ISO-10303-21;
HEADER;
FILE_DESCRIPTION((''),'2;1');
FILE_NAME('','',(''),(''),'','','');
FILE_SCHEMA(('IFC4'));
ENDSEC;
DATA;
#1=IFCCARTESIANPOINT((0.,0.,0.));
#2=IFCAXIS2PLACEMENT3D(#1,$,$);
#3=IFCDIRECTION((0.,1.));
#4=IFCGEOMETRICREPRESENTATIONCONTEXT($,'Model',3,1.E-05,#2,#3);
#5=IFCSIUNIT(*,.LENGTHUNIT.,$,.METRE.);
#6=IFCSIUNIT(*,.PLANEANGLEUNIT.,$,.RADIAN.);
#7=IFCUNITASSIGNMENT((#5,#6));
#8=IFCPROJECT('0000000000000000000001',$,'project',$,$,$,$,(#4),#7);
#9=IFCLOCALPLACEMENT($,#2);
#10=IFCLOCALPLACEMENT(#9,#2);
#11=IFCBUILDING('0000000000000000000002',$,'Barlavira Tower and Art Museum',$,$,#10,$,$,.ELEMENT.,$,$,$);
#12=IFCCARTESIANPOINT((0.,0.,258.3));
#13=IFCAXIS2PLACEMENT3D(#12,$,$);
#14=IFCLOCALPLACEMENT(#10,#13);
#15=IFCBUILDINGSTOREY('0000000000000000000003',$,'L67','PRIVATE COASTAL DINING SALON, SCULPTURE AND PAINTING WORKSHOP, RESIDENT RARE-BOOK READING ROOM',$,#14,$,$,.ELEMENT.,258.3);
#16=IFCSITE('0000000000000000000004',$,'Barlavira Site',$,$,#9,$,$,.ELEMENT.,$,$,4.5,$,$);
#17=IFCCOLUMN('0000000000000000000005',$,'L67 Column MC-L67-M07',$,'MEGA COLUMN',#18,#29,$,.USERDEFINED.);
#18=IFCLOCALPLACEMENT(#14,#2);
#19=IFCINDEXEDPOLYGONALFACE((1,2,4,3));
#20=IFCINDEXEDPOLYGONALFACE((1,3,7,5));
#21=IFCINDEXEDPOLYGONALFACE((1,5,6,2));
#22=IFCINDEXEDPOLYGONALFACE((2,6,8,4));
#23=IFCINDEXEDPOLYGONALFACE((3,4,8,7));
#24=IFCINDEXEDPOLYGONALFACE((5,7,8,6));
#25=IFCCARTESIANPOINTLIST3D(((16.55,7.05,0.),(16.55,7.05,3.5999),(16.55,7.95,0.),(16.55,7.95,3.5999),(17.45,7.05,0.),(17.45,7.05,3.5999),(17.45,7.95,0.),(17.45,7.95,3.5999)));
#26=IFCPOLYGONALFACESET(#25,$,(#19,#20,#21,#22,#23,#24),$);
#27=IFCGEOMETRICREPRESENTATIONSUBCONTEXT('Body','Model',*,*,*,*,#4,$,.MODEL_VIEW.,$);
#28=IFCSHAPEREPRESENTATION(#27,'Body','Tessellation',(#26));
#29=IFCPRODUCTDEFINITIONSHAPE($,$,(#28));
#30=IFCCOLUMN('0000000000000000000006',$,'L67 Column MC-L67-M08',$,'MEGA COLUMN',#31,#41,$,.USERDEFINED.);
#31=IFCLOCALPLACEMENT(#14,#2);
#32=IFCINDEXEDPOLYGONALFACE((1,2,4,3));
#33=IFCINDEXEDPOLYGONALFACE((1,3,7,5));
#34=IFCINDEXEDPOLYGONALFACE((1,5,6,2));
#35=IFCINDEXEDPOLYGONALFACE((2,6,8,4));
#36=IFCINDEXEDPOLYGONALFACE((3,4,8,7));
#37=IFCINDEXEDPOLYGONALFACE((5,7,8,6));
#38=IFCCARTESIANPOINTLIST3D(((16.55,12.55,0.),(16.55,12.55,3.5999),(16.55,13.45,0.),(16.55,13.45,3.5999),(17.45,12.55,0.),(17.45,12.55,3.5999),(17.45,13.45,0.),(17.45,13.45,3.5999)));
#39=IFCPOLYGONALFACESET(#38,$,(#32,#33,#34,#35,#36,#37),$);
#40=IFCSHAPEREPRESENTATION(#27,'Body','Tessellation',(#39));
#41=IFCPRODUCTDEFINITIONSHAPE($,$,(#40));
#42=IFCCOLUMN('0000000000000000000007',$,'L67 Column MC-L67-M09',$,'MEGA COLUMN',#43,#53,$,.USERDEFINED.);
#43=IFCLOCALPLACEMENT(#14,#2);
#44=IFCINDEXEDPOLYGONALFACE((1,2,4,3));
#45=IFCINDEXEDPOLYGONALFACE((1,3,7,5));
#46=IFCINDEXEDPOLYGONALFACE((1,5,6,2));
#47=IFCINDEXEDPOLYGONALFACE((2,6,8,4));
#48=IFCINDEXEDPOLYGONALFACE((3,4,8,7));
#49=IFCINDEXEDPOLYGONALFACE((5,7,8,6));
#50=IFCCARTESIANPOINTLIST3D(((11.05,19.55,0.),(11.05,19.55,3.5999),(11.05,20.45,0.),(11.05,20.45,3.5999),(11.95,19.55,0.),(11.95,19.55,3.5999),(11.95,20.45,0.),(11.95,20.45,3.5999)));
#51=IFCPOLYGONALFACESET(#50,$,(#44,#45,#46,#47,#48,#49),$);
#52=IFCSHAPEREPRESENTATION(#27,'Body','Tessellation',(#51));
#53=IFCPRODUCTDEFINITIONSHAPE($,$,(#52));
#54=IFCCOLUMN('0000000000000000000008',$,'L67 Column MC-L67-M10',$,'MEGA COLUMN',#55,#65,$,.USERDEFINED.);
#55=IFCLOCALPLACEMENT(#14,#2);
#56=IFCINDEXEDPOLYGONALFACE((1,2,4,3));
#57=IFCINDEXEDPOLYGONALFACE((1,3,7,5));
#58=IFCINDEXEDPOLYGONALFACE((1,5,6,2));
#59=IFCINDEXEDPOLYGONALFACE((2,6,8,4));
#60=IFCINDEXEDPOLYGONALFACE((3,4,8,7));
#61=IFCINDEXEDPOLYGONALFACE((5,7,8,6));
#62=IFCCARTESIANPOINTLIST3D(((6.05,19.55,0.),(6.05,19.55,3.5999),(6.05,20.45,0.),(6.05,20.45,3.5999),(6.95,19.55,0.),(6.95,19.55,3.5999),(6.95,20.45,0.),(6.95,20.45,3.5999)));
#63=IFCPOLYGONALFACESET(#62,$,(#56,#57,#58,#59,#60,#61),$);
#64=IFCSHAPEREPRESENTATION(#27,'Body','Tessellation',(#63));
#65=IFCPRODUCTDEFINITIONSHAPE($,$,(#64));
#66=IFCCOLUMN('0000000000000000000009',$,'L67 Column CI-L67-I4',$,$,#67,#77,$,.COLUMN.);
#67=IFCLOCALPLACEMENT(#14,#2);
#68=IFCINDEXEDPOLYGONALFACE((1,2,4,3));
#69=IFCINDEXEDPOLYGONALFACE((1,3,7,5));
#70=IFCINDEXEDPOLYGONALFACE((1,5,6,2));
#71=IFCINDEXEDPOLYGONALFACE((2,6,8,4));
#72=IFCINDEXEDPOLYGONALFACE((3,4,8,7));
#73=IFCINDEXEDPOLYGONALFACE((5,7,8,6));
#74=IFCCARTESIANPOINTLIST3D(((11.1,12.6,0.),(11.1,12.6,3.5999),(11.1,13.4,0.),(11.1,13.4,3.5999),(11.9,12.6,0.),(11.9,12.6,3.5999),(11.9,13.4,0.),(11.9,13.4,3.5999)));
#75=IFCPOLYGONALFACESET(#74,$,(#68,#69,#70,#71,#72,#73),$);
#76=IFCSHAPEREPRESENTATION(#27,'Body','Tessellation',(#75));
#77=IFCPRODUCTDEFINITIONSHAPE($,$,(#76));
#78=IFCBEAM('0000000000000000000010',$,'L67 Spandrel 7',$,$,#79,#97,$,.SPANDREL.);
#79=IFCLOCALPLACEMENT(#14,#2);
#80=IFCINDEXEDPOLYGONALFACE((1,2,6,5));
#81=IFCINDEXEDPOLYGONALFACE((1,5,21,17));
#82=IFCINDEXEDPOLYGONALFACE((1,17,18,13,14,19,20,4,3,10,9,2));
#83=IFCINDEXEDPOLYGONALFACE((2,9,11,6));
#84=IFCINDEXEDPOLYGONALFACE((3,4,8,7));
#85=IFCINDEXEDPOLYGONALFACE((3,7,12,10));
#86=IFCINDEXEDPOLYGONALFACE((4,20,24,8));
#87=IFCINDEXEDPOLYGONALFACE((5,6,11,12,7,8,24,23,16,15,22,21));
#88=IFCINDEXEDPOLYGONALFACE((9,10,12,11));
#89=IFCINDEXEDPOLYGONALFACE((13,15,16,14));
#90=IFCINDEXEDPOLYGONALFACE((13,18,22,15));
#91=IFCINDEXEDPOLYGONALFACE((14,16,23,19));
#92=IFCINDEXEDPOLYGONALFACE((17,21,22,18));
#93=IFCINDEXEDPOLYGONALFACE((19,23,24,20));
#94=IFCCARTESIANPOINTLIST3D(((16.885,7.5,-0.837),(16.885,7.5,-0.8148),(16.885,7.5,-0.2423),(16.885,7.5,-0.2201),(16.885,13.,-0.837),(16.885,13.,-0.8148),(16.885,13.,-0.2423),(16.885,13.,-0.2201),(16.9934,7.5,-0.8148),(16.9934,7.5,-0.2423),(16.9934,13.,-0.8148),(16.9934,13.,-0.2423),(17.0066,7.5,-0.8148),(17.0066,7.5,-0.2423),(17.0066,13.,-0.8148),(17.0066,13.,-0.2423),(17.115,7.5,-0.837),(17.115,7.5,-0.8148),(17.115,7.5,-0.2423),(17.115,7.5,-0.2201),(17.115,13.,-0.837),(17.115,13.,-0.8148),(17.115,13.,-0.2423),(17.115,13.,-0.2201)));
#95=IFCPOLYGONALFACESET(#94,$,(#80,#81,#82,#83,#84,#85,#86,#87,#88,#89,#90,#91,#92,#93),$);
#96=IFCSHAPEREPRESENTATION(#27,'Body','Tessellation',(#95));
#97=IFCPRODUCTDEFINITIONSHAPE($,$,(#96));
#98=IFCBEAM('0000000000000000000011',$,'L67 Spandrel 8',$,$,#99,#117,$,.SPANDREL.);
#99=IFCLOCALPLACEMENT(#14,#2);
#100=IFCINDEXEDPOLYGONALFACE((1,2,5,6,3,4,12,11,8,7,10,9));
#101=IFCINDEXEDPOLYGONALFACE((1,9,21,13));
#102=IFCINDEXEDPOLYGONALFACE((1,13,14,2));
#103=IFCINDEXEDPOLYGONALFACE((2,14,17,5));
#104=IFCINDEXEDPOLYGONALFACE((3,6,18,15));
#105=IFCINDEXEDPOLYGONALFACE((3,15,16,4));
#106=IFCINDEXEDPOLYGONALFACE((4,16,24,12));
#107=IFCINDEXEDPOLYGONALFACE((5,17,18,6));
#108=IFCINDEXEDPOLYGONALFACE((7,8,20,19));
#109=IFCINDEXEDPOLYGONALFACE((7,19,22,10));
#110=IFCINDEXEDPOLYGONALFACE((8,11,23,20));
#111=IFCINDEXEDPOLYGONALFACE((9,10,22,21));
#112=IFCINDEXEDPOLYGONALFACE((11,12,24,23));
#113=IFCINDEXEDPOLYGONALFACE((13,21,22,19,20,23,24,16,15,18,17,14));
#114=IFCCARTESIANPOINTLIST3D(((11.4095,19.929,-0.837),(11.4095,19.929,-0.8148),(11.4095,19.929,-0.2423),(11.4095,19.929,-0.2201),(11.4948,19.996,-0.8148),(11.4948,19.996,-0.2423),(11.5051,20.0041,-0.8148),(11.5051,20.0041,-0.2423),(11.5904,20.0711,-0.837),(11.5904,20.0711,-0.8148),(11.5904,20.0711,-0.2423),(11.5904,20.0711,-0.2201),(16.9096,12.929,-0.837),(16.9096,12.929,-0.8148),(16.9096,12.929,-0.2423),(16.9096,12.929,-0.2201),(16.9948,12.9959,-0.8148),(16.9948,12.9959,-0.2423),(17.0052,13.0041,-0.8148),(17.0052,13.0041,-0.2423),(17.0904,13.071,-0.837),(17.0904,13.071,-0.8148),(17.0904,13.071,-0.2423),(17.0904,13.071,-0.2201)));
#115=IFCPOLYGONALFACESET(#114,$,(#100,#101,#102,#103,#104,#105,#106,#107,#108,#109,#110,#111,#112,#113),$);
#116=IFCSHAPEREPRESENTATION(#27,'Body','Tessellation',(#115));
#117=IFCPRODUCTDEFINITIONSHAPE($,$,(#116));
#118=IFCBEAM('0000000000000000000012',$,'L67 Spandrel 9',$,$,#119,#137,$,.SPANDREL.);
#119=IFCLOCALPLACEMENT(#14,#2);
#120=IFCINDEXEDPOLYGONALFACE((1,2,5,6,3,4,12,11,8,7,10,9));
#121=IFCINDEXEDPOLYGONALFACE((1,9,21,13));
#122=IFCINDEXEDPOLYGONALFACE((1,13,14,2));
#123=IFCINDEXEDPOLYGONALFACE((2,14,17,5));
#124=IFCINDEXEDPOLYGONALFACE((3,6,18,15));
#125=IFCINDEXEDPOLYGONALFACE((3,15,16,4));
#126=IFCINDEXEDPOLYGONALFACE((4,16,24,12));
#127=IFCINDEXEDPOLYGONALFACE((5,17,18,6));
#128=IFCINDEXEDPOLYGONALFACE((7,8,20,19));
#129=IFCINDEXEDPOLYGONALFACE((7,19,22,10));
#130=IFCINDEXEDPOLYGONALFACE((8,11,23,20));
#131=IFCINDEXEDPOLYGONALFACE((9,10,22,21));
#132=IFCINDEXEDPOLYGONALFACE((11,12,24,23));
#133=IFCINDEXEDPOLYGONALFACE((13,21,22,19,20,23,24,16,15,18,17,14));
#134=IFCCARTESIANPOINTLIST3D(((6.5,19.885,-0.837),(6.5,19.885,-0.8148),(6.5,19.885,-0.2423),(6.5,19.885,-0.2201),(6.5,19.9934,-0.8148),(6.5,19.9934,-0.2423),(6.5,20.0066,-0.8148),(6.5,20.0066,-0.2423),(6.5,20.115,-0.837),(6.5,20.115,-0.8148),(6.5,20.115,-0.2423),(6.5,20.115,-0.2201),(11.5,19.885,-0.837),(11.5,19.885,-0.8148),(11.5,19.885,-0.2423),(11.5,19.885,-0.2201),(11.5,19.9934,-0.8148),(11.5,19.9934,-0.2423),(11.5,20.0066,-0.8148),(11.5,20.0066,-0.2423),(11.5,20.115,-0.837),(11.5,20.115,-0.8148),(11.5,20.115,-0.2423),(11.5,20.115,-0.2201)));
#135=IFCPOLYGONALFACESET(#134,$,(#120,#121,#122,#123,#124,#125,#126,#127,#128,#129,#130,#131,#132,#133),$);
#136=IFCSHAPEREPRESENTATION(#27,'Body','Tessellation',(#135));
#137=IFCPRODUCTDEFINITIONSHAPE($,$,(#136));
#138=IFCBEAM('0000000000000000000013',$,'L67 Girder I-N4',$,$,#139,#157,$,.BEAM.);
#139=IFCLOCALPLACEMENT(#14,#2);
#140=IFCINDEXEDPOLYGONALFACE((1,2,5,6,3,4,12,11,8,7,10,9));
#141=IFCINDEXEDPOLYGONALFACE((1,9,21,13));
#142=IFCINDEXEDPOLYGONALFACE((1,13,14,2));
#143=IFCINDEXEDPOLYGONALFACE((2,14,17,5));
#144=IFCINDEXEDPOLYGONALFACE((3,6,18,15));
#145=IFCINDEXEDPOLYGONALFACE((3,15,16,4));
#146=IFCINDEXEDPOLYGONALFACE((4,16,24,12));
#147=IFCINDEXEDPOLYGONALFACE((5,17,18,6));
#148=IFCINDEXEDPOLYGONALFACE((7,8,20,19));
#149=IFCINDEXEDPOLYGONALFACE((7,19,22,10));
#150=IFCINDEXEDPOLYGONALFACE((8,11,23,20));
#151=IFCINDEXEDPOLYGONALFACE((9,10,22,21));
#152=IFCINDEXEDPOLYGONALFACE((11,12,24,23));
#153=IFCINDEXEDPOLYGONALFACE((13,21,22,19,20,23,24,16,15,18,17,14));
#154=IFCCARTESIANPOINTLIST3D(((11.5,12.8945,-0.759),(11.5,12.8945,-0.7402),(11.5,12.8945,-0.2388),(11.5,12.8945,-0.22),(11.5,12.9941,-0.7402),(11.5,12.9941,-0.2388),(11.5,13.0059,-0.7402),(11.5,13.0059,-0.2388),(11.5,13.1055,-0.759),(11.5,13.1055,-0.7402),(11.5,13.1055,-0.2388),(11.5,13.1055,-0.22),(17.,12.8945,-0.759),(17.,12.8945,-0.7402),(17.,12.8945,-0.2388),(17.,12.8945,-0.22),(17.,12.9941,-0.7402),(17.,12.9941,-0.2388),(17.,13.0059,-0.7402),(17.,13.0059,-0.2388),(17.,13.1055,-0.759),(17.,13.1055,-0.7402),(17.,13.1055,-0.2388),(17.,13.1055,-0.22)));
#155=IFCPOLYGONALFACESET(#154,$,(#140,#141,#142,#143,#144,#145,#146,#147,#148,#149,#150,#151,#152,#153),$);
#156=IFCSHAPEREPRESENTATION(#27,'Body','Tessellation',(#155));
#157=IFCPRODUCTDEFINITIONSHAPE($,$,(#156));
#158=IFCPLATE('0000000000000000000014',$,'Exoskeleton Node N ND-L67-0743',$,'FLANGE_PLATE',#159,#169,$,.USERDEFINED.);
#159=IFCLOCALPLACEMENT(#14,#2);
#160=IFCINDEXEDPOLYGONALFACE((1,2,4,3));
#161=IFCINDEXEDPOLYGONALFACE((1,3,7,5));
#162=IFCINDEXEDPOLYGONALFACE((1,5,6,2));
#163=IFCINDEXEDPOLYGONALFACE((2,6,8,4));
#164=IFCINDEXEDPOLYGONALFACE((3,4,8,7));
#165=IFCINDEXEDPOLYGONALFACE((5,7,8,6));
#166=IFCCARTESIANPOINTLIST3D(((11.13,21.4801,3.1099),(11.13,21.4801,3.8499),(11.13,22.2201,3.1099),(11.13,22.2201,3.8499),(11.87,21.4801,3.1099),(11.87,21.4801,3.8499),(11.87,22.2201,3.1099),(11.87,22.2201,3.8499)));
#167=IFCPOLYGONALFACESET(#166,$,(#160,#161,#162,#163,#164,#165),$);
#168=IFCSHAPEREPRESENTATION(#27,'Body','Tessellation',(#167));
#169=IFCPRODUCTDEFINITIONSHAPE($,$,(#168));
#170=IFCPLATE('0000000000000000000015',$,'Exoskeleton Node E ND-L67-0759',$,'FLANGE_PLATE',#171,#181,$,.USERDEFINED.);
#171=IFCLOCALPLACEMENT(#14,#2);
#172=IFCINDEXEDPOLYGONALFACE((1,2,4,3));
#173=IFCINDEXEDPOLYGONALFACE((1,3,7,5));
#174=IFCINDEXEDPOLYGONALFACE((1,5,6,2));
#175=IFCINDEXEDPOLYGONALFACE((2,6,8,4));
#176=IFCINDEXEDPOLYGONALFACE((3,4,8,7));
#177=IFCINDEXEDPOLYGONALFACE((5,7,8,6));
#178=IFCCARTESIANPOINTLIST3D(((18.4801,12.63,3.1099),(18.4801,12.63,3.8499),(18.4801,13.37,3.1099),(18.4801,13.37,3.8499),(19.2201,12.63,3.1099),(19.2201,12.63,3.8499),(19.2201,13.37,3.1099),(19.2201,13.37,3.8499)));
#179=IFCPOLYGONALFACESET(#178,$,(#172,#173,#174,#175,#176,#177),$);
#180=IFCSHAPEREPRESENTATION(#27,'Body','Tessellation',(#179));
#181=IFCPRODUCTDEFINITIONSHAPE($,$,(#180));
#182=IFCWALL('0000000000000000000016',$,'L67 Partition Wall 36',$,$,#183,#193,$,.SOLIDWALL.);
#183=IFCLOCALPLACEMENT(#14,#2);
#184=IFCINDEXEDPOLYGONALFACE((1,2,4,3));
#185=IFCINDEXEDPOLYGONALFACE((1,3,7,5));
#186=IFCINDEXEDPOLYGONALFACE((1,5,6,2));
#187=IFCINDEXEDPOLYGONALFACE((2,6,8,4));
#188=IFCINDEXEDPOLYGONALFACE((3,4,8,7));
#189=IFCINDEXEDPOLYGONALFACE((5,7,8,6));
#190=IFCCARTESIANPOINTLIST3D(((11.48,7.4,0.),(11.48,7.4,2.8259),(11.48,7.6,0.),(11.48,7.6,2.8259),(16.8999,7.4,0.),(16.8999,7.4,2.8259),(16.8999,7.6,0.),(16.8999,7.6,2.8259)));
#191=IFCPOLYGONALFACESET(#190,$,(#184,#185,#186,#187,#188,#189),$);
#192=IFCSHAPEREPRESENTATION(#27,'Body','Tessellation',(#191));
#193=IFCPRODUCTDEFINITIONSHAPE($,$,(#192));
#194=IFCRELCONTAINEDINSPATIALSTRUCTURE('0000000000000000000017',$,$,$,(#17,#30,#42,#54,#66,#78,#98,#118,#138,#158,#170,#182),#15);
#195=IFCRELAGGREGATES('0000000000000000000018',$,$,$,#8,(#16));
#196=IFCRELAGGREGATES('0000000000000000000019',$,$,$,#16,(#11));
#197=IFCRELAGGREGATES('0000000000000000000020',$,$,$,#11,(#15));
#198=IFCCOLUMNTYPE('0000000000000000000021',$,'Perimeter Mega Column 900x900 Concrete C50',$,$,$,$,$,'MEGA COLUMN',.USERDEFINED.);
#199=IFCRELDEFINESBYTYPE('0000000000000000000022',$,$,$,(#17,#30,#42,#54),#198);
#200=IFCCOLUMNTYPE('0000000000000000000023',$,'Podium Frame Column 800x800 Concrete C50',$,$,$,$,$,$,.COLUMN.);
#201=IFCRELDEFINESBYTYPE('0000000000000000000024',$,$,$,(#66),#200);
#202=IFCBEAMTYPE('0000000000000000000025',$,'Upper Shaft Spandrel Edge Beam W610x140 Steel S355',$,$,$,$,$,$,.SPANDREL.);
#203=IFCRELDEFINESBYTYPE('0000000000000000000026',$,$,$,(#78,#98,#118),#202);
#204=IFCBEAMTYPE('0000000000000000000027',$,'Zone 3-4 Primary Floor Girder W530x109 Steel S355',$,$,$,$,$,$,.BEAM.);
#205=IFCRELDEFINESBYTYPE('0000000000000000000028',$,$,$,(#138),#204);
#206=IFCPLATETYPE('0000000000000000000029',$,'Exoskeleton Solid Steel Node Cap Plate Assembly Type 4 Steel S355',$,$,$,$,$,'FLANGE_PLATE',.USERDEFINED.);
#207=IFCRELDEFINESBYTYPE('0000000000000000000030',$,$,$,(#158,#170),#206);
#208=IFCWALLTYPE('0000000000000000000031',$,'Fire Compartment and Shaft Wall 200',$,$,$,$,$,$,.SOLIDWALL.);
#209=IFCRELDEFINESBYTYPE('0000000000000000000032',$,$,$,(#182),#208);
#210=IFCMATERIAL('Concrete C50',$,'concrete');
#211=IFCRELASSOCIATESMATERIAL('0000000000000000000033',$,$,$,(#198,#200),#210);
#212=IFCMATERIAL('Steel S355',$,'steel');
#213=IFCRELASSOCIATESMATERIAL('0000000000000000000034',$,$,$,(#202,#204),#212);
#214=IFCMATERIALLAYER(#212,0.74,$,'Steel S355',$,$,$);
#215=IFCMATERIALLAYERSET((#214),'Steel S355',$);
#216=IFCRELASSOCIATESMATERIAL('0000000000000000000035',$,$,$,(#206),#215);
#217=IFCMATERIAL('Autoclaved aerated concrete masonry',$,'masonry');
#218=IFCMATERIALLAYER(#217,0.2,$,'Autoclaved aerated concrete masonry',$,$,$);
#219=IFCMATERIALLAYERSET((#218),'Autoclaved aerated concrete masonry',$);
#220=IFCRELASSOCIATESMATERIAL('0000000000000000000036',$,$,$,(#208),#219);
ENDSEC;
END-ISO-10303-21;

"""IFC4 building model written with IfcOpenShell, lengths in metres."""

from ifc_helpers import new_model, si_unit, direction, frame, frame_2d, origin, origin_2d, place, context, subcontext, project, spatial, rectangle, i_section, extrude, material, layer, layer_set, material_profile, profile_set, type_object, element, save


model = new_model("IFC4")

# Units and contexts
model_context = context("Model", 3, precision=1e-05, world=origin(), true_north=direction((0.0, 1.0)))
body_context = subcontext(model_context, "Body", "Model", "MODEL_VIEW")
ifc_project = project(units=[si_unit("LENGTHUNIT", "METRE"), si_unit("PLANEANGLEUNIT", "RADIAN")], contexts=[model_context])

# Site, building, storey
site_placement = place(None, origin())
site = spatial("IfcSite", under=ifc_project, at=site_placement, Name="Barlavira Site", CompositionType="ELEMENT", RefElevation=4.5)
building_placement = place(site_placement, origin())
building = spatial("IfcBuilding", under=site, at=building_placement, Name="Barlavira Tower and Art Museum", CompositionType="ELEMENT")
storey_placement = place(building_placement, frame((0.0, 0.0, 258.3)))
storey = spatial("IfcBuildingStorey", under=building, at=storey_placement, Name="L67", Description="PRIVATE COASTAL DINING SALON, SCULPTURE AND PAINTING WORKSHOP, RESIDENT RARE-BOOK READING ROOM", CompositionType="ELEMENT", Elevation=258.3)

# Columns
ifc_material_1 = material(Name="Concrete C50", Category="concrete")
ifc_material_profile_1 = material_profile(ifc_material_1, rectangle(XDim=0.8999, YDim=0.8999, at=origin_2d()), Name="RC-COL 900x900")
ifc_profile_set_1 = profile_set([ifc_material_profile_1], Name="Concrete C50")
column_type_1 = type_object("IfcColumnType", Name="Perimeter Mega Column 900x900 Concrete C50", ElementType="MEGA COLUMN", PredefinedType="USERDEFINED", material=ifc_profile_set_1)
for number, where, z_axis, x_axis, name in (
    (1, (17.0, 7.5, 0.0), (0.0, 0.0, 1.0), (1.0, 0.0, 0.0), "L67 Column MC-L67-M07"),
    (2, (17.0, 13.0, 0.0), (0.0, 0.0, 1.0), (1.0, 0.0, 0.0), "L67 Column MC-L67-M08"),
    (3, (11.5, 20.0, 0.0), (0.0, 0.0, 1.0), (1.0, 0.0, 0.0), "L67 Column MC-L67-M09"),
    (4, (6.5, 20.0, 0.0), (0.0, 0.0, 1.0), (1.0, 0.0, 0.0), "L67 Column MC-L67-M10"),
):
    element("IfcColumn", number, at=place(storey_placement, frame(where, z_axis=z_axis, x_axis=x_axis)), inside=storey, type_object=column_type_1, Name=name, ObjectType="MEGA COLUMN", PredefinedType="USERDEFINED", context=body_context, shape_type="SweptSolid", body=[
        extrude(rectangle(XDim=0.8999, YDim=0.8999, at=origin_2d()), origin(), (0.0, 0.0, 1.0), 3.5999),
    ])
ifc_material_profile_2 = material_profile(ifc_material_1, rectangle(XDim=0.8, YDim=0.8, at=origin_2d()), Name="RC-COL 800x800")
ifc_profile_set_2 = profile_set([ifc_material_profile_2], Name="Concrete C50")
column_type_2 = type_object("IfcColumnType", Name="Podium Frame Column 800x800 Concrete C50", PredefinedType="COLUMN", material=ifc_profile_set_2)
column_placement = place(storey_placement, frame((11.5, 13.0, 0.0), z_axis=(0.0, 0.0, 1.0), x_axis=(1.0, 0.0, 0.0)))
element("IfcColumn", 5, at=column_placement, inside=storey, type_object=column_type_2, Name="L67 Column CI-L67-I4", PredefinedType="COLUMN", context=body_context, shape_type="SweptSolid", body=[
    extrude(rectangle(XDim=0.8, YDim=0.8, at=origin_2d()), origin(), (0.0, 0.0, 1.0), 3.5999),
])

# Beams
ifc_material_2 = material(Name="Steel S355", Category="steel")
ifc_material_profile_3 = material_profile(ifc_material_2, i_section(OverallWidth=0.23, OverallDepth=0.6169, WebThickness=0.0132, FlangeThickness=0.0222, at=origin_2d()), Name="W610x140.0")
ifc_profile_set_3 = profile_set([ifc_material_profile_3], Name="Steel S355")
beam_type_1 = type_object("IfcBeamType", Name="Upper Shaft Spandrel Edge Beam W610x140 Steel S355", PredefinedType="SPANDREL", material=ifc_profile_set_3)
beam_1_placement = place(storey_placement, frame((17.0, 7.5, -0.5286), z_axis=(0.0, 1.0, 0.0), x_axis=(-1.0, 0.0, 0.0)))
element("IfcBeam", 6, at=beam_1_placement, inside=storey, type_object=beam_type_1, Name="L67 Spandrel 7", PredefinedType="SPANDREL", context=body_context, shape_type="SweptSolid", body=[
    extrude(i_section(OverallWidth=0.23, OverallDepth=0.6169, WebThickness=0.0132, FlangeThickness=0.0222, at=origin_2d()), origin(), (0.0, 0.0, 1.0), 5.5),
])
beam_2_placement = place(storey_placement, frame((17.0, 13.0, -0.5286), z_axis=(-0.617822, 0.786318, 0.0), x_axis=(-0.786318, -0.617822, 0.0)))
element("IfcBeam", 7, at=beam_2_placement, inside=storey, type_object=beam_type_1, Name="L67 Spandrel 8", PredefinedType="SPANDREL", context=body_context, shape_type="SweptSolid", body=[
    extrude(i_section(OverallWidth=0.23, OverallDepth=0.6169, WebThickness=0.0132, FlangeThickness=0.0222, at=origin_2d()), origin(), (0.0, 0.0, 1.0), 8.9023),
])
beam_3_placement = place(storey_placement, frame((6.5, 20.0, -0.5286), z_axis=(1.0, 0.0, 0.0), x_axis=(0.0, 1.0, 0.0)))
element("IfcBeam", 8, at=beam_3_placement, inside=storey, type_object=beam_type_1, Name="L67 Spandrel 9", PredefinedType="SPANDREL", context=body_context, shape_type="SweptSolid", body=[
    extrude(i_section(OverallWidth=0.23, OverallDepth=0.6169, WebThickness=0.0132, FlangeThickness=0.0222, at=origin_2d()), origin(), (0.0, 0.0, 1.0), 5.0),
])
ifc_material_profile_4 = material_profile(ifc_material_2, i_section(OverallWidth=0.2109, OverallDepth=0.5391, WebThickness=0.0117, FlangeThickness=0.0188, at=origin_2d()), Name="W530x109.0")
ifc_profile_set_4 = profile_set([ifc_material_profile_4], Name="Steel S355")
beam_type_2 = type_object("IfcBeamType", Name="Zone 3-4 Primary Floor Girder W530x109 Steel S355", PredefinedType="BEAM", material=ifc_profile_set_4)
beam_4_placement = place(storey_placement, frame((11.5, 13.0, -0.4895), z_axis=(1.0, 0.0, 0.0), x_axis=(0.0, 1.0, 0.0)))
element("IfcBeam", 9, at=beam_4_placement, inside=storey, type_object=beam_type_2, Name="L67 Girder I-N4", PredefinedType="BEAM", context=body_context, shape_type="SweptSolid", body=[
    extrude(i_section(OverallWidth=0.2109, OverallDepth=0.5391, WebThickness=0.0117, FlangeThickness=0.0188, at=origin_2d()), origin(), (0.0, 0.0, 1.0), 5.5),
])

# Plates
ifc_layer_1 = layer(ifc_material_2, 0.74, Name="Steel S355")
ifc_layer_set_1 = layer_set([ifc_layer_1], Name="Steel S355")
plate_type = type_object("IfcPlateType", Name="Exoskeleton Solid Steel Node Cap Plate Assembly Type 4 Steel S355", ElementType="FLANGE_PLATE", PredefinedType="USERDEFINED", material=ifc_layer_set_1)
for number, where, z_axis, x_axis, name in (
    (10, (11.5, 21.8501, 3.1099), (0.0, 0.0, 1.0), (1.0, 0.0, 0.0), "Exoskeleton Node N ND-L67-0743"),
    (11, (18.8501, 13.0, 3.1099), (0.0, 0.0, 1.0), (1.0, 0.0, 0.0), "Exoskeleton Node E ND-L67-0759"),
):
    element("IfcPlate", number, at=place(storey_placement, frame(where, z_axis=z_axis, x_axis=x_axis)), inside=storey, type_object=plate_type, Name=name, ObjectType="FLANGE_PLATE", PredefinedType="USERDEFINED", context=body_context, shape_type="SweptSolid", body=[
        extrude(rectangle(XDim=0.74, YDim=0.74, at=origin_2d()), origin(), (0.0, 0.0, 1.0), 0.74),
    ])

# Wall
ifc_material_3 = material(Name="Autoclaved aerated concrete masonry", Category="masonry")
ifc_layer_2 = layer(ifc_material_3, 0.2, Name="Autoclaved aerated concrete masonry")
ifc_layer_set_2 = layer_set([ifc_layer_2], Name="Autoclaved aerated concrete masonry")
wall_type_1 = type_object("IfcWallType", Name="Fire Compartment and Shaft Wall 200", PredefinedType="SOLIDWALL", material=ifc_layer_set_2)
wall_1_placement = place(storey_placement, frame((11.48, 7.5, 0.0), z_axis=(0.0, 0.0, 1.0), x_axis=(1.0, 0.0, 0.0)))
element("IfcWall", 12, at=wall_1_placement, inside=storey, type_object=wall_type_1, Name="L67 Partition Wall 36", PredefinedType="SOLIDWALL", context=body_context, shape_type="SweptSolid", body=[
    extrude(rectangle(XDim=5.4199, YDim=0.2, at=frame_2d((2.71, 0.0))), origin(), (0.0, 0.0, 1.0), 2.8259),
])

save(model, "model.ifc")
